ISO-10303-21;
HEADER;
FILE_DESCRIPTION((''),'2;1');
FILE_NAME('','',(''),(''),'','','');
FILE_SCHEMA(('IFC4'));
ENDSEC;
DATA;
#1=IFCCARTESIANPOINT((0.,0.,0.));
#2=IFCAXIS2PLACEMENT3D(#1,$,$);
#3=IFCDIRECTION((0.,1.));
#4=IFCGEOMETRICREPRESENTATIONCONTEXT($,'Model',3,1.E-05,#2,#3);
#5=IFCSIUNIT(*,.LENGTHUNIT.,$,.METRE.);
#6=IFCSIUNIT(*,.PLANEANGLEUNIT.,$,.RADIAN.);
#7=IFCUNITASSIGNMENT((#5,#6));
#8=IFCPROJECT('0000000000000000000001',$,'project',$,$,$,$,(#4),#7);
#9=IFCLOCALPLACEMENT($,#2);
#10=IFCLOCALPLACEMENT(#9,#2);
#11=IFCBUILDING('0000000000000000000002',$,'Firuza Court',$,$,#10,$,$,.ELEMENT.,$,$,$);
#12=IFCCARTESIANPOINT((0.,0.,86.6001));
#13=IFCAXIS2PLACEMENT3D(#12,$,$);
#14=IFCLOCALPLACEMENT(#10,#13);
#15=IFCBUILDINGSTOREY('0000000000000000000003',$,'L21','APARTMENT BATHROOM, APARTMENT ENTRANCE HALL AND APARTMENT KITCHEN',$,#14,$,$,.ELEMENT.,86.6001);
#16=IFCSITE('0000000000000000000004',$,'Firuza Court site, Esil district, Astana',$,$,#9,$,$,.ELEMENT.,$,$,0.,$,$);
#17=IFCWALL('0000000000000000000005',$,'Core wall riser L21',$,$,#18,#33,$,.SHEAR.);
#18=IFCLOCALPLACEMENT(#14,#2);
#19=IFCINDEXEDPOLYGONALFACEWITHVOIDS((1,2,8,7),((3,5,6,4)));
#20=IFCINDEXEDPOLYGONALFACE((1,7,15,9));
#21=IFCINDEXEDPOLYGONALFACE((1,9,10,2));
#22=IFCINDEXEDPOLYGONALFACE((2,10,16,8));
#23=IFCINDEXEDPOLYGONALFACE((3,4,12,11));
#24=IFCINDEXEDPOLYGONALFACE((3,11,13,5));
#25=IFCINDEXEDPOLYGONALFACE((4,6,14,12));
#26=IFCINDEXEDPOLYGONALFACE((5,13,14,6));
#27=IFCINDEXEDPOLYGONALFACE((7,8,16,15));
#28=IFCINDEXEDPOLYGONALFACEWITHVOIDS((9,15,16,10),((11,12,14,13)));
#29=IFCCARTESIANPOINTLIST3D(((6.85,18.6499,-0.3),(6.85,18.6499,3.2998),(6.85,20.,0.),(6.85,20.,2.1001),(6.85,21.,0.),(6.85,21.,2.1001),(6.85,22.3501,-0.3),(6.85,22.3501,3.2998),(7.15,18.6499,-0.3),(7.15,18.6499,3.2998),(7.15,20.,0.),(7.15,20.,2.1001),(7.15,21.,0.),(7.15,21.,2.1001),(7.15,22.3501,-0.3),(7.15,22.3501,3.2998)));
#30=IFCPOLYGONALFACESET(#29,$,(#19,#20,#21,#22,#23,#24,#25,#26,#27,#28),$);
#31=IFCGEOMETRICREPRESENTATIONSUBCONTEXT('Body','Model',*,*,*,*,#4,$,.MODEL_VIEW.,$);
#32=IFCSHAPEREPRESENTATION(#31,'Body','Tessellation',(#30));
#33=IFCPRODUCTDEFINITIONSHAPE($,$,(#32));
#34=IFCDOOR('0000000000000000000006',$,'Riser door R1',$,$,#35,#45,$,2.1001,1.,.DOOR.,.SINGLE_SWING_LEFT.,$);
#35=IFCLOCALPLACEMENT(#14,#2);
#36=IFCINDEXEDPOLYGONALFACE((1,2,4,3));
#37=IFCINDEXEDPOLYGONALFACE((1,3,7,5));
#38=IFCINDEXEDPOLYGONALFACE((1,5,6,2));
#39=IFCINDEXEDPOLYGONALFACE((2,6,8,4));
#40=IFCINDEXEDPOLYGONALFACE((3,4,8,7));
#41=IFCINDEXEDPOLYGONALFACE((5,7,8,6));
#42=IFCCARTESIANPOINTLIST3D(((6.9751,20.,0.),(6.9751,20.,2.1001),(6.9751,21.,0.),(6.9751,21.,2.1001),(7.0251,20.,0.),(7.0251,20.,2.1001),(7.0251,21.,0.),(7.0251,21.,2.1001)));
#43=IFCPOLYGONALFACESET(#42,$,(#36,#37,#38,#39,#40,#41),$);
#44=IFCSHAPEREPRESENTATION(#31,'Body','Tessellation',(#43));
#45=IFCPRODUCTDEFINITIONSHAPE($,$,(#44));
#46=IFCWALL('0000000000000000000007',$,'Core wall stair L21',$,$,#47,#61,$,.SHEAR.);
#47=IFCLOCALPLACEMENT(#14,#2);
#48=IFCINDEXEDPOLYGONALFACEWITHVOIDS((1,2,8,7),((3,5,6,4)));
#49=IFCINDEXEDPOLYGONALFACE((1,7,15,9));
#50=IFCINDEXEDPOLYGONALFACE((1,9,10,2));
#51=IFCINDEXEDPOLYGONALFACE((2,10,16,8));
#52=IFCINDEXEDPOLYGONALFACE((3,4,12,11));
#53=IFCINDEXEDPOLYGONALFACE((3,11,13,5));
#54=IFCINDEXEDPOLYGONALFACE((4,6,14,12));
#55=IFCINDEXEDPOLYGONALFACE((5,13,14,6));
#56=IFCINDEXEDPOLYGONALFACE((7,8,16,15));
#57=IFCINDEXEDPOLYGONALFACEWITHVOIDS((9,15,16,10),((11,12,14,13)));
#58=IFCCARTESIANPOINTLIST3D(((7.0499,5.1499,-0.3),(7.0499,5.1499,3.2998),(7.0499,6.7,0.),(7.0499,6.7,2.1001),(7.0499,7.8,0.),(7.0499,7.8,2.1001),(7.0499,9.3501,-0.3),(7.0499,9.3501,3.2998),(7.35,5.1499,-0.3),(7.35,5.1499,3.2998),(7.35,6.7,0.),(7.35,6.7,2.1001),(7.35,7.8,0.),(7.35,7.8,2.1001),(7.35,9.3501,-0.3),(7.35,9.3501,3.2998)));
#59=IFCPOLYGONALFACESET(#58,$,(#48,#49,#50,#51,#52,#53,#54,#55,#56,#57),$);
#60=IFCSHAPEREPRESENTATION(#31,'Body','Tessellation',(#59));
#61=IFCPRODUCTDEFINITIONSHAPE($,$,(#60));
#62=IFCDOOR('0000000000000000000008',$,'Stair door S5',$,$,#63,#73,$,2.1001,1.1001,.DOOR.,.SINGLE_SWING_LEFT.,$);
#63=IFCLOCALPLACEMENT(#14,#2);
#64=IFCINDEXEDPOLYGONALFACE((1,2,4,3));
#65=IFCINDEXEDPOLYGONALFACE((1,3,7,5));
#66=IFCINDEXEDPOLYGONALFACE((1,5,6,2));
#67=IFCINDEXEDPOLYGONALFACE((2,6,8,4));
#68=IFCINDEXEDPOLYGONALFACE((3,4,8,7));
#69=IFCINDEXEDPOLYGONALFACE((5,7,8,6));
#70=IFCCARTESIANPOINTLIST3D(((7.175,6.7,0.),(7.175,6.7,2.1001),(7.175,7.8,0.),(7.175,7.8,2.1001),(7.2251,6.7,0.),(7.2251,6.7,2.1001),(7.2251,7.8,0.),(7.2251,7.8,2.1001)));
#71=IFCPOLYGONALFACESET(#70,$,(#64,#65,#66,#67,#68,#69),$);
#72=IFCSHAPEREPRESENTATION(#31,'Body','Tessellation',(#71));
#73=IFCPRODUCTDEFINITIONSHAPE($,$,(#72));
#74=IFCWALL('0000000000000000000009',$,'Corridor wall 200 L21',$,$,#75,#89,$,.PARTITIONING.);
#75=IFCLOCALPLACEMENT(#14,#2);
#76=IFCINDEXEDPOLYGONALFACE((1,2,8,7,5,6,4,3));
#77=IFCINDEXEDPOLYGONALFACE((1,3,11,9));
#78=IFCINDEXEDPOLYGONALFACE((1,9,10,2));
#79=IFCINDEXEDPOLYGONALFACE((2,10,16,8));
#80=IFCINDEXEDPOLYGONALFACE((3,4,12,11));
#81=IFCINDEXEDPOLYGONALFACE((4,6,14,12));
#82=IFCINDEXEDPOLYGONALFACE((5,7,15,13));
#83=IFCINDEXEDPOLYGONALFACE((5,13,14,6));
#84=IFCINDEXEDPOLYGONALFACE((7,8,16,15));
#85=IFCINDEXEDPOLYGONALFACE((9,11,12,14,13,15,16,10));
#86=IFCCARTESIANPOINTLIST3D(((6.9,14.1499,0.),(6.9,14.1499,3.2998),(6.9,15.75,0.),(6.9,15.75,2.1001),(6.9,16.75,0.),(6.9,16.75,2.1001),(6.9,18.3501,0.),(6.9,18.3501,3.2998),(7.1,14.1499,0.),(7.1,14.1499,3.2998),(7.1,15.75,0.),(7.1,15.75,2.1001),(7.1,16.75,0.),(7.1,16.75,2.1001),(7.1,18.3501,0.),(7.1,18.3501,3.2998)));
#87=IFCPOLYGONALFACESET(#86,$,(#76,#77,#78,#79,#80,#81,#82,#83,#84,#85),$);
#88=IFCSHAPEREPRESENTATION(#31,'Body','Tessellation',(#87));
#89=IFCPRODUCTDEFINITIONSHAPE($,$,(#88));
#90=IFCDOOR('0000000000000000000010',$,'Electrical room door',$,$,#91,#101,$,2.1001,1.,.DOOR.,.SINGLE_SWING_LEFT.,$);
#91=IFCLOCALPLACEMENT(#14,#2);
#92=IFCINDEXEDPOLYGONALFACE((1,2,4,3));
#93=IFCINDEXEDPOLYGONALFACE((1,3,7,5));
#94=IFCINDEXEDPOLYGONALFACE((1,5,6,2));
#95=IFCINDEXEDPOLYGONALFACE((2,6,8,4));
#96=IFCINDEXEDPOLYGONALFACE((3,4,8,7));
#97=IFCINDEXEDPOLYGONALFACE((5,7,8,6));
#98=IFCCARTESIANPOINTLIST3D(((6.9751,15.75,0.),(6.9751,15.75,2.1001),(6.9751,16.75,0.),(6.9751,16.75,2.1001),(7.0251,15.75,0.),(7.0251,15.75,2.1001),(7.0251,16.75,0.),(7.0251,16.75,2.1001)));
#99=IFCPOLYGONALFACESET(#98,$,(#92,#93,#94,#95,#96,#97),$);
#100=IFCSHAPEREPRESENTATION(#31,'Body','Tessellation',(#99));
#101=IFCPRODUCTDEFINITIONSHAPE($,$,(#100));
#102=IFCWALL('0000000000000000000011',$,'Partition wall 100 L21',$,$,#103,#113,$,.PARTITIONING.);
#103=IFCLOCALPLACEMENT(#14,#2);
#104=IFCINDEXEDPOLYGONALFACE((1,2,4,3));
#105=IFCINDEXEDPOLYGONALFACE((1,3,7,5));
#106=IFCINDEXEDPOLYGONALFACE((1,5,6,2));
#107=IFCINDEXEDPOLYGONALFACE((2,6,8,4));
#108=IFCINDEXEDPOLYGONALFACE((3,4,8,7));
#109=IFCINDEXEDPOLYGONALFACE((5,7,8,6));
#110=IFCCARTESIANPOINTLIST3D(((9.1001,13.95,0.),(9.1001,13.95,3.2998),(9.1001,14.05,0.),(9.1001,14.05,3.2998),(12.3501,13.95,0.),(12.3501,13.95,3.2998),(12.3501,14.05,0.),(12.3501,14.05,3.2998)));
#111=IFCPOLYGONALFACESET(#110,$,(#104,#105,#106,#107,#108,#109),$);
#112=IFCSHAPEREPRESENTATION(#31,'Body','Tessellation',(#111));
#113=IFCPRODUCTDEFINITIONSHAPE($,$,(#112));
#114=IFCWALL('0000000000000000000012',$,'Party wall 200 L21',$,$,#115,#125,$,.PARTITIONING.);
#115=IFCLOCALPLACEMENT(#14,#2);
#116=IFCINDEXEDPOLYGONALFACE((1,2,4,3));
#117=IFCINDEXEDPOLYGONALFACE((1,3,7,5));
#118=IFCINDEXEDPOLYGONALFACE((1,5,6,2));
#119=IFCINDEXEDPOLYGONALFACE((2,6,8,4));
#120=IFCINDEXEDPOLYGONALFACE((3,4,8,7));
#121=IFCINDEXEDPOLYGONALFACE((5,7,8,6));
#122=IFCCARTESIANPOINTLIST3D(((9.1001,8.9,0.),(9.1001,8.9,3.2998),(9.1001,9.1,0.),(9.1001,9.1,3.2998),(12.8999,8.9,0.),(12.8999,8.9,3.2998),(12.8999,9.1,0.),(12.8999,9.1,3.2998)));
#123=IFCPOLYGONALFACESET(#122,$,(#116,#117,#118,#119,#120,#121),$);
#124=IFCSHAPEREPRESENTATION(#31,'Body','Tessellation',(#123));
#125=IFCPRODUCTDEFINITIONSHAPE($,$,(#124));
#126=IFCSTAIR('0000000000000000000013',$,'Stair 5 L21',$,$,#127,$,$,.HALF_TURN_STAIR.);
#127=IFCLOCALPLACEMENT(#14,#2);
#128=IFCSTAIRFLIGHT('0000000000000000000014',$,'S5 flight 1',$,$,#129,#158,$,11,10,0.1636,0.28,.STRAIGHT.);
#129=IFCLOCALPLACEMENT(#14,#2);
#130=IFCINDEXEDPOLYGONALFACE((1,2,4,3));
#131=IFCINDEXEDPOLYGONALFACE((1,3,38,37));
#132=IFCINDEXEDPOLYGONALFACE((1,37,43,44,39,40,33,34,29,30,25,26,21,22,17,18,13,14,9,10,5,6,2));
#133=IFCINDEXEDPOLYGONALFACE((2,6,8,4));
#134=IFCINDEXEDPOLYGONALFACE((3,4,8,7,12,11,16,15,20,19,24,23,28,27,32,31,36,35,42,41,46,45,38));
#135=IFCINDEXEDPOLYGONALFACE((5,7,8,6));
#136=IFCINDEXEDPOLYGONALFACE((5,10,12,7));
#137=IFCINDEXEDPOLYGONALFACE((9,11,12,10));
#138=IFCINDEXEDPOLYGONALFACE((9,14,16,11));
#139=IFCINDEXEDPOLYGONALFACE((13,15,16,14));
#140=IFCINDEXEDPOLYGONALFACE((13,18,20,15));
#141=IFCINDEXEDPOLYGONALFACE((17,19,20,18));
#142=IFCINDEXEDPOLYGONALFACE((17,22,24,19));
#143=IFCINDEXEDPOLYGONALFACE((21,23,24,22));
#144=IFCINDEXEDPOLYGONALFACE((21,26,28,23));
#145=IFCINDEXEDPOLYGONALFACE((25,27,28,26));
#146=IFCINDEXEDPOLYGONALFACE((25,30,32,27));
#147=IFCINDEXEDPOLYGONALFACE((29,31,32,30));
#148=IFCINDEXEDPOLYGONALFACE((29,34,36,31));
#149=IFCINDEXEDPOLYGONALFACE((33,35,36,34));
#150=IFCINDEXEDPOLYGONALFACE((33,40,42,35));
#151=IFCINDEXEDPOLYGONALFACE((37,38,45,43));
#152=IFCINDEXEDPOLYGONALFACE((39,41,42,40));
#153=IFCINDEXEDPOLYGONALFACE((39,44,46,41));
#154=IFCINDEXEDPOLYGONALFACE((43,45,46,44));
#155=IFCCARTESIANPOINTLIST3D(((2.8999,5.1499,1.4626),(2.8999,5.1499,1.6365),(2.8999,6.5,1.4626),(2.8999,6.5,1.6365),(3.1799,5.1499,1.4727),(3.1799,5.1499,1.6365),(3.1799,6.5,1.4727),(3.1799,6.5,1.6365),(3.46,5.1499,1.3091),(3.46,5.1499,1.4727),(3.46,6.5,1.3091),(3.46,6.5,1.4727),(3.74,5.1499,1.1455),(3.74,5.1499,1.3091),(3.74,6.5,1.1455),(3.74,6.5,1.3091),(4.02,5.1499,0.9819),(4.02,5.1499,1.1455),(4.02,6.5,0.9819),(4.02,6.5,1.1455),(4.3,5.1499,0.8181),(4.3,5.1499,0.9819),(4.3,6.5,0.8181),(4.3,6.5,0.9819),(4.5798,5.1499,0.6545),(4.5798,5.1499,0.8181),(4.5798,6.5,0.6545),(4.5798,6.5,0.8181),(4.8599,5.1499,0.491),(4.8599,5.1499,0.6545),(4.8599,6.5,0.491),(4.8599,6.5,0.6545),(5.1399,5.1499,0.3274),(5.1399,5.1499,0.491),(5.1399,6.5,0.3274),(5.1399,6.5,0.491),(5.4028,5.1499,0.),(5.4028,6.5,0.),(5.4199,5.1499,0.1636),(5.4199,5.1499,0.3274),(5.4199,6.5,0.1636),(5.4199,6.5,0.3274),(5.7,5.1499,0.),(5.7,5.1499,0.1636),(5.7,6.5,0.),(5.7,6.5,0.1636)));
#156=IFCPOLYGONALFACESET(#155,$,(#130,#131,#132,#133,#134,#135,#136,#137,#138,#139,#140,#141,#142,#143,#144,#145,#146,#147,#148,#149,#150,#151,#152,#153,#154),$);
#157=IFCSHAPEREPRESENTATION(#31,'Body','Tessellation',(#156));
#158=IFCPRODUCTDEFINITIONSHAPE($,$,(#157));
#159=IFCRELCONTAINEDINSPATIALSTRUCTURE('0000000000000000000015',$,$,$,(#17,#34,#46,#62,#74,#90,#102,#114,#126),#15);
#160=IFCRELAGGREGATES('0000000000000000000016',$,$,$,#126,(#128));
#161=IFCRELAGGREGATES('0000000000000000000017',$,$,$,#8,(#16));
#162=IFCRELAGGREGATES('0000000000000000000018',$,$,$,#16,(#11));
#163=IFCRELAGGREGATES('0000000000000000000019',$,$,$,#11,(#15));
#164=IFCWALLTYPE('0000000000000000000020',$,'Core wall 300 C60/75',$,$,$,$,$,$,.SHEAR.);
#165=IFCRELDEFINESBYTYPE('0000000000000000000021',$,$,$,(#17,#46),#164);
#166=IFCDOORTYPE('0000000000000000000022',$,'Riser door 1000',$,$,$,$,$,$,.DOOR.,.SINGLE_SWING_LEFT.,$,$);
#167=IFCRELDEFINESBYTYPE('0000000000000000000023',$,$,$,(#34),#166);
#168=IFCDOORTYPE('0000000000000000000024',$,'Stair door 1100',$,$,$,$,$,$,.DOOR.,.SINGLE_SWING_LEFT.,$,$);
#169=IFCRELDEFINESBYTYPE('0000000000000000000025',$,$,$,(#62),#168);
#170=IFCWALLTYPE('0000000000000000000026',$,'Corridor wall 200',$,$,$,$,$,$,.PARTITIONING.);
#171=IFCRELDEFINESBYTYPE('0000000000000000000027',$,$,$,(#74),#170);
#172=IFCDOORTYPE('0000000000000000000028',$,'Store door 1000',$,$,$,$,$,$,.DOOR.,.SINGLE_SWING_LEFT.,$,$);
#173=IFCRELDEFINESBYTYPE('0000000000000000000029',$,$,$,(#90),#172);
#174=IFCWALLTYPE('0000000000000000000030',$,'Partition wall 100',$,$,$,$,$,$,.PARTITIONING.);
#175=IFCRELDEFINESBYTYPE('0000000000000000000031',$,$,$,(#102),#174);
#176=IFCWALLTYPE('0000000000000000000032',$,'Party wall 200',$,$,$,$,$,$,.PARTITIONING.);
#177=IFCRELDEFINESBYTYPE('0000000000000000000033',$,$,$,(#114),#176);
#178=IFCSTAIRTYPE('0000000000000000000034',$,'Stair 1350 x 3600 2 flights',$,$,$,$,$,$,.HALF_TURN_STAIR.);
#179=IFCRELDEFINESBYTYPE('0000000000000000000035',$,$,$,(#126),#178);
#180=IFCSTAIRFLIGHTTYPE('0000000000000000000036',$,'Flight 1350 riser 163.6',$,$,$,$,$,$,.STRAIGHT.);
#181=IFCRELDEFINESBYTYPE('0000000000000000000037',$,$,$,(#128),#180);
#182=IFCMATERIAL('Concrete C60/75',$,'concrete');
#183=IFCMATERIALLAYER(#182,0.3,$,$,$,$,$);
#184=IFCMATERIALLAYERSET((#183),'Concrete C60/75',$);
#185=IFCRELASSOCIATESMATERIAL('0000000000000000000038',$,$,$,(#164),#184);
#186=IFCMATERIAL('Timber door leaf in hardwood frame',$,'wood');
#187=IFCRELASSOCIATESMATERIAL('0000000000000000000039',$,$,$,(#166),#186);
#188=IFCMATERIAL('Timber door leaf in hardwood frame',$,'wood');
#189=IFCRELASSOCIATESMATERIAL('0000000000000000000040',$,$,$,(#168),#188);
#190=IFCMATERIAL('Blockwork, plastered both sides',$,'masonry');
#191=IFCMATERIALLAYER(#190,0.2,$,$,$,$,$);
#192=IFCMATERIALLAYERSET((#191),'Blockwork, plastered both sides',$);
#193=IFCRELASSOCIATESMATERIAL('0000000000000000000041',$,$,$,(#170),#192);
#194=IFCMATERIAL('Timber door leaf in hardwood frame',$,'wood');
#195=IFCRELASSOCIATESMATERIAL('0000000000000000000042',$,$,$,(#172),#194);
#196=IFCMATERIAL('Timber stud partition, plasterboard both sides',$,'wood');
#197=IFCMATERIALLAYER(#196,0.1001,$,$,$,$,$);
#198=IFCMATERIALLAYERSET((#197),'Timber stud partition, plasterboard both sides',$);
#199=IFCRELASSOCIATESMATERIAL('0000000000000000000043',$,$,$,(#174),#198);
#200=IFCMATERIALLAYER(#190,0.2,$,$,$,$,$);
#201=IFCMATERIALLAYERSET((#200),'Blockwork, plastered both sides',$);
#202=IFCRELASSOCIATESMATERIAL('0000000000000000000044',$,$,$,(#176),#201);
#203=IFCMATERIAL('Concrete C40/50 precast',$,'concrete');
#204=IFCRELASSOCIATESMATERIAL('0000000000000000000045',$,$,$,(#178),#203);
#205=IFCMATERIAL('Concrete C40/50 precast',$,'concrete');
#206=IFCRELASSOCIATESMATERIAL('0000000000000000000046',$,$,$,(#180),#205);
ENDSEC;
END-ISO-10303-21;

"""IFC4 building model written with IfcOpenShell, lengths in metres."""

from ifc_helpers import new_model, si_unit, direction, frame, frame_2d, origin, place, context, subcontext, project, spatial, polyline, rectangle, outline, extrude, material, layer, layer_set, type_object, element, fill, aggregate, save


model = new_model("IFC4")

# Units and contexts
model_context = context("Model", 3, precision=1e-05, world=origin(), true_north=direction((0.0, 1.0)))
body_context = subcontext(model_context, "Body", "Model", "MODEL_VIEW")
ifc_project = project(units=[si_unit("LENGTHUNIT", "METRE"), si_unit("PLANEANGLEUNIT", "RADIAN")], contexts=[model_context])

# Site, building, storey
site_placement = place(None, origin())
site = spatial("IfcSite", under=ifc_project, at=site_placement, Name="Firuza Court site, Esil district, Astana", CompositionType="ELEMENT", RefElevation=0.0)
building_placement = place(site_placement, origin())
building = spatial("IfcBuilding", under=site, at=building_placement, Name="Firuza Court", CompositionType="ELEMENT")
storey_placement = place(building_placement, frame((0.0, 0.0, 86.6001)))
storey = spatial("IfcBuildingStorey", under=building, at=storey_placement, Name="L21", Description="APARTMENT BATHROOM, APARTMENT ENTRANCE HALL AND APARTMENT KITCHEN", CompositionType="ELEMENT", Elevation=86.6001)

# Shared definitions
ifc_material_1 = material(Name="Concrete C60/75", Category="concrete")
ifc_layer_1 = layer(ifc_material_1, 0.3)
ifc_layer_set_1 = layer_set([ifc_layer_1], Name="Concrete C60/75")
wall_type_1 = type_object("IfcWallType", Name="Core wall 300 C60/75", PredefinedType="SHEAR", material=ifc_layer_set_1)

# Walls, openings, doors
ifc_material_2 = material(Name="Timber door leaf in hardwood frame", Category="wood")
door_type_1 = type_object("IfcDoorType", Name="Riser door 1000", OperationType="SINGLE_SWING_LEFT", PredefinedType="DOOR", material=ifc_material_2)
wall_1_placement = place(storey_placement, frame((7.0, 18.6499, -0.3), z_axis=(0.0, 0.0, 1.0), x_axis=(0.0, 1.0, 0.0)))
wall_1 = element("IfcWall", 1, at=wall_1_placement, inside=storey, type_object=wall_type_1, Name="Core wall riser L21", PredefinedType="SHEAR", context=body_context, shape_type="SweptSolid", body=[
    extrude(rectangle(XDim=3.7002, YDim=0.3, at=frame_2d((1.8501, 0.0))), origin(), (0.0, 0.0, 1.0), 3.5999),
])
opening_1_placement = place(wall_1_placement, frame((1.3501, 0.0, 0.3)))
opening_1 = element("IfcOpeningElement", 2, at=opening_1_placement, cuts=wall_1, PredefinedType="OPENING", context=body_context, shape_type="SweptSolid", body=[
    extrude(rectangle(XDim=1.0, YDim=2.1001, at=frame_2d((0.5, 1.05))), frame((0.0, 0.1621, 0.0), z_axis=(0.0, -1.0, 0.0), x_axis=(1.0, 0.0, 0.0)), (0.0, 0.0, 1.0), 0.324),
])
door_1_placement = place(opening_1_placement, origin())
door_1 = element("IfcDoor", 3, at=door_1_placement, inside=storey, type_object=door_type_1, Name="Riser door R1", OperationType="SINGLE_SWING_LEFT", OverallHeight=2.1001, OverallWidth=1.0, PredefinedType="DOOR", context=body_context, shape_type="SweptSolid", body=[
    extrude(rectangle(XDim=1.0, YDim=2.1001, at=frame_2d((0.5, 1.05))), frame((0.0, 0.0249, 0.0), z_axis=(0.0, -1.0, 0.0), x_axis=(1.0, 0.0, 0.0)), (0.0, 0.0, 1.0), 0.05),
])
fill(opening_1, door_1)
wall_2_placement = place(storey_placement, frame((7.2, 5.1499, -0.3), z_axis=(0.0, 0.0, 1.0), x_axis=(0.0, 1.0, 0.0)))
wall_2 = element("IfcWall", 4, at=wall_2_placement, inside=storey, type_object=wall_type_1, Name="Core wall stair L21", PredefinedType="SHEAR", context=body_context, shape_type="SweptSolid", body=[
    extrude(rectangle(XDim=4.2002, YDim=0.3, at=frame_2d((2.1001, 0.0))), origin(), (0.0, 0.0, 1.0), 3.5999),
])
opening_2_placement = place(wall_2_placement, frame((1.55, 0.0, 0.3)))
opening_2 = element("IfcOpeningElement", 5, at=opening_2_placement, cuts=wall_2, PredefinedType="OPENING", context=body_context, shape_type="SweptSolid", body=[
    extrude(rectangle(XDim=1.1001, YDim=2.1001, at=frame_2d((0.55, 1.05))), frame((0.0, 0.1621, 0.0), z_axis=(0.0, -1.0, 0.0), x_axis=(1.0, 0.0, 0.0)), (0.0, 0.0, 1.0), 0.324),
])
ifc_material_3 = material(Name="Timber door leaf in hardwood frame", Category="wood")
door_type_2 = type_object("IfcDoorType", Name="Stair door 1100", OperationType="SINGLE_SWING_LEFT", PredefinedType="DOOR", material=ifc_material_3)
door_2_placement = place(opening_2_placement, origin())
door_2 = element("IfcDoor", 6, at=door_2_placement, inside=storey, type_object=door_type_2, Name="Stair door S5", OperationType="SINGLE_SWING_LEFT", OverallHeight=2.1001, OverallWidth=1.1001, PredefinedType="DOOR", context=body_context, shape_type="SweptSolid", body=[
    extrude(rectangle(XDim=1.1001, YDim=2.1001, at=frame_2d((0.55, 1.05))), frame((0.0, 0.0249, 0.0), z_axis=(0.0, -1.0, 0.0), x_axis=(1.0, 0.0, 0.0)), (0.0, 0.0, 1.0), 0.05),
])
fill(opening_2, door_2)
ifc_material_4 = material(Name="Blockwork, plastered both sides", Category="masonry")
ifc_layer_2 = layer(ifc_material_4, 0.2)
ifc_layer_set_2 = layer_set([ifc_layer_2], Name="Blockwork, plastered both sides")
wall_type_2 = type_object("IfcWallType", Name="Corridor wall 200", PredefinedType="PARTITIONING", material=ifc_layer_set_2)
wall_3_placement = place(storey_placement, frame((7.0, 14.1499, 0.0), z_axis=(0.0, 0.0, 1.0), x_axis=(0.0, 1.0, 0.0)))
wall_3 = element("IfcWall", 7, at=wall_3_placement, inside=storey, type_object=wall_type_2, Name="Corridor wall 200 L21", PredefinedType="PARTITIONING", context=body_context, shape_type="SweptSolid", body=[
    extrude(rectangle(XDim=4.2002, YDim=0.2, at=frame_2d((2.1001, 0.0))), origin(), (0.0, 0.0, 1.0), 3.2998),
])
opening_3_placement = place(wall_3_placement, frame((1.6001, 0.0, 0.0)))
opening_3 = element("IfcOpeningElement", 8, at=opening_3_placement, cuts=wall_3, PredefinedType="OPENING", context=body_context, shape_type="SweptSolid", body=[
    extrude(rectangle(XDim=1.0, YDim=2.1001, at=frame_2d((0.5, 1.05))), frame((0.0, 0.1118, 0.0), z_axis=(0.0, -1.0, 0.0), x_axis=(1.0, 0.0, 0.0)), (0.0, 0.0, 1.0), 0.2239),
])
ifc_material_5 = material(Name="Timber door leaf in hardwood frame", Category="wood")
door_type_3 = type_object("IfcDoorType", Name="Store door 1000", OperationType="SINGLE_SWING_LEFT", PredefinedType="DOOR", material=ifc_material_5)
door_3_placement = place(opening_3_placement, origin())
door_3 = element("IfcDoor", 9, at=door_3_placement, inside=storey, type_object=door_type_3, Name="Electrical room door", OperationType="SINGLE_SWING_LEFT", OverallHeight=2.1001, OverallWidth=1.0, PredefinedType="DOOR", context=body_context, shape_type="SweptSolid", body=[
    extrude(rectangle(XDim=1.0, YDim=2.1001, at=frame_2d((0.5, 1.05))), frame((0.0, 0.0249, 0.0), z_axis=(0.0, -1.0, 0.0), x_axis=(1.0, 0.0, 0.0)), (0.0, 0.0, 1.0), 0.05),
])
fill(opening_3, door_3)

# Walls
ifc_material_6 = material(Name="Timber stud partition, plasterboard both sides", Category="wood")
ifc_layer_3 = layer(ifc_material_6, 0.1001)
ifc_layer_set_3 = layer_set([ifc_layer_3], Name="Timber stud partition, plasterboard both sides")
wall_type_3 = type_object("IfcWallType", Name="Partition wall 100", PredefinedType="PARTITIONING", material=ifc_layer_set_3)
wall_4_placement = place(storey_placement, frame((9.1001, 14.0, 0.0), z_axis=(0.0, 0.0, 1.0), x_axis=(1.0, 0.0, 0.0)))
element("IfcWall", 10, at=wall_4_placement, inside=storey, type_object=wall_type_3, Name="Partition wall 100 L21", PredefinedType="PARTITIONING", context=body_context, shape_type="SweptSolid", body=[
    extrude(rectangle(XDim=3.25, YDim=0.1001, at=frame_2d((1.625, 0.0))), origin(), (0.0, 0.0, 1.0), 3.2998),
])
ifc_layer_4 = layer(ifc_material_4, 0.2)
ifc_layer_set_4 = layer_set([ifc_layer_4], Name="Blockwork, plastered both sides")
wall_type_4 = type_object("IfcWallType", Name="Party wall 200", PredefinedType="PARTITIONING", material=ifc_layer_set_4)
wall_5_placement = place(storey_placement, frame((9.1001, 9.0, 0.0), z_axis=(0.0, 0.0, 1.0), x_axis=(1.0, 0.0, 0.0)))
element("IfcWall", 11, at=wall_5_placement, inside=storey, type_object=wall_type_4, Name="Party wall 200 L21", PredefinedType="PARTITIONING", context=body_context, shape_type="SweptSolid", body=[
    extrude(rectangle(XDim=3.7998, YDim=0.2, at=frame_2d((1.8999, 0.0))), origin(), (0.0, 0.0, 1.0), 3.2998),
])

# Stair, stair flight
ifc_material_7 = material(Name="Concrete C40/50 precast", Category="concrete")
stair_type = type_object("IfcStairType", Name="Stair 1350 x 3600 2 flights", PredefinedType="HALF_TURN_STAIR", material=ifc_material_7)
stair_placement = place(storey_placement, origin())
stair = element("IfcStair", 12, at=stair_placement, inside=storey, type_object=stair_type, Name="Stair 5 L21", PredefinedType="HALF_TURN_STAIR")
ifc_material_8 = material(Name="Concrete C40/50 precast", Category="concrete")
stair_flight_type = type_object("IfcStairFlightType", Name="Flight 1350 riser 163.6", PredefinedType="STRAIGHT", material=ifc_material_8)
stair_flight_1_placement = place(storey_placement, frame((5.7, 5.825, 0.0), z_axis=(0.0, 0.0, 1.0), x_axis=(-1.0, 0.0, 0.0)))
stair_flight_1 = element("IfcStairFlight", 13, at=stair_flight_1_placement, type_object=stair_flight_type, Name="S5 flight 1", NumberOfRisers=11, NumberOfTreads=10, PredefinedType="STRAIGHT", RiserHeight=0.1636, TreadLength=0.28, context=body_context, shape_type="SweptSolid", body=[
    extrude(outline(polyline([(0.0, 0.0), (0.0, 0.1636), (0.28, 0.1636), (0.28, 0.3274), (0.5601, 0.3274), (0.5601, 0.491), (0.8401, 0.491), (0.8401, 0.6545), (1.1201, 0.6545), (1.1201, 0.8181), (1.3999, 0.8181), (1.3999, 0.9819), (1.6799, 0.9819), (1.6799, 1.1455), (1.96, 1.1455), (1.96, 1.3091), (2.24, 1.3091), (2.24, 1.4727), (2.52, 1.4727), (2.52, 1.6365), (2.8, 1.6365), (2.8, 1.8), (2.8, 1.4626), (0.2971, 0.0), (0.0, 0.0)])), frame((0.0, 0.675, 0.0), z_axis=(0.0, -1.0, 0.0), x_axis=(1.0, 0.0, 0.0)), (0.0, 0.0, 1.0), 1.3501),
])
aggregate(stair, [stair_flight_1])

save(model, "model.ifc")
